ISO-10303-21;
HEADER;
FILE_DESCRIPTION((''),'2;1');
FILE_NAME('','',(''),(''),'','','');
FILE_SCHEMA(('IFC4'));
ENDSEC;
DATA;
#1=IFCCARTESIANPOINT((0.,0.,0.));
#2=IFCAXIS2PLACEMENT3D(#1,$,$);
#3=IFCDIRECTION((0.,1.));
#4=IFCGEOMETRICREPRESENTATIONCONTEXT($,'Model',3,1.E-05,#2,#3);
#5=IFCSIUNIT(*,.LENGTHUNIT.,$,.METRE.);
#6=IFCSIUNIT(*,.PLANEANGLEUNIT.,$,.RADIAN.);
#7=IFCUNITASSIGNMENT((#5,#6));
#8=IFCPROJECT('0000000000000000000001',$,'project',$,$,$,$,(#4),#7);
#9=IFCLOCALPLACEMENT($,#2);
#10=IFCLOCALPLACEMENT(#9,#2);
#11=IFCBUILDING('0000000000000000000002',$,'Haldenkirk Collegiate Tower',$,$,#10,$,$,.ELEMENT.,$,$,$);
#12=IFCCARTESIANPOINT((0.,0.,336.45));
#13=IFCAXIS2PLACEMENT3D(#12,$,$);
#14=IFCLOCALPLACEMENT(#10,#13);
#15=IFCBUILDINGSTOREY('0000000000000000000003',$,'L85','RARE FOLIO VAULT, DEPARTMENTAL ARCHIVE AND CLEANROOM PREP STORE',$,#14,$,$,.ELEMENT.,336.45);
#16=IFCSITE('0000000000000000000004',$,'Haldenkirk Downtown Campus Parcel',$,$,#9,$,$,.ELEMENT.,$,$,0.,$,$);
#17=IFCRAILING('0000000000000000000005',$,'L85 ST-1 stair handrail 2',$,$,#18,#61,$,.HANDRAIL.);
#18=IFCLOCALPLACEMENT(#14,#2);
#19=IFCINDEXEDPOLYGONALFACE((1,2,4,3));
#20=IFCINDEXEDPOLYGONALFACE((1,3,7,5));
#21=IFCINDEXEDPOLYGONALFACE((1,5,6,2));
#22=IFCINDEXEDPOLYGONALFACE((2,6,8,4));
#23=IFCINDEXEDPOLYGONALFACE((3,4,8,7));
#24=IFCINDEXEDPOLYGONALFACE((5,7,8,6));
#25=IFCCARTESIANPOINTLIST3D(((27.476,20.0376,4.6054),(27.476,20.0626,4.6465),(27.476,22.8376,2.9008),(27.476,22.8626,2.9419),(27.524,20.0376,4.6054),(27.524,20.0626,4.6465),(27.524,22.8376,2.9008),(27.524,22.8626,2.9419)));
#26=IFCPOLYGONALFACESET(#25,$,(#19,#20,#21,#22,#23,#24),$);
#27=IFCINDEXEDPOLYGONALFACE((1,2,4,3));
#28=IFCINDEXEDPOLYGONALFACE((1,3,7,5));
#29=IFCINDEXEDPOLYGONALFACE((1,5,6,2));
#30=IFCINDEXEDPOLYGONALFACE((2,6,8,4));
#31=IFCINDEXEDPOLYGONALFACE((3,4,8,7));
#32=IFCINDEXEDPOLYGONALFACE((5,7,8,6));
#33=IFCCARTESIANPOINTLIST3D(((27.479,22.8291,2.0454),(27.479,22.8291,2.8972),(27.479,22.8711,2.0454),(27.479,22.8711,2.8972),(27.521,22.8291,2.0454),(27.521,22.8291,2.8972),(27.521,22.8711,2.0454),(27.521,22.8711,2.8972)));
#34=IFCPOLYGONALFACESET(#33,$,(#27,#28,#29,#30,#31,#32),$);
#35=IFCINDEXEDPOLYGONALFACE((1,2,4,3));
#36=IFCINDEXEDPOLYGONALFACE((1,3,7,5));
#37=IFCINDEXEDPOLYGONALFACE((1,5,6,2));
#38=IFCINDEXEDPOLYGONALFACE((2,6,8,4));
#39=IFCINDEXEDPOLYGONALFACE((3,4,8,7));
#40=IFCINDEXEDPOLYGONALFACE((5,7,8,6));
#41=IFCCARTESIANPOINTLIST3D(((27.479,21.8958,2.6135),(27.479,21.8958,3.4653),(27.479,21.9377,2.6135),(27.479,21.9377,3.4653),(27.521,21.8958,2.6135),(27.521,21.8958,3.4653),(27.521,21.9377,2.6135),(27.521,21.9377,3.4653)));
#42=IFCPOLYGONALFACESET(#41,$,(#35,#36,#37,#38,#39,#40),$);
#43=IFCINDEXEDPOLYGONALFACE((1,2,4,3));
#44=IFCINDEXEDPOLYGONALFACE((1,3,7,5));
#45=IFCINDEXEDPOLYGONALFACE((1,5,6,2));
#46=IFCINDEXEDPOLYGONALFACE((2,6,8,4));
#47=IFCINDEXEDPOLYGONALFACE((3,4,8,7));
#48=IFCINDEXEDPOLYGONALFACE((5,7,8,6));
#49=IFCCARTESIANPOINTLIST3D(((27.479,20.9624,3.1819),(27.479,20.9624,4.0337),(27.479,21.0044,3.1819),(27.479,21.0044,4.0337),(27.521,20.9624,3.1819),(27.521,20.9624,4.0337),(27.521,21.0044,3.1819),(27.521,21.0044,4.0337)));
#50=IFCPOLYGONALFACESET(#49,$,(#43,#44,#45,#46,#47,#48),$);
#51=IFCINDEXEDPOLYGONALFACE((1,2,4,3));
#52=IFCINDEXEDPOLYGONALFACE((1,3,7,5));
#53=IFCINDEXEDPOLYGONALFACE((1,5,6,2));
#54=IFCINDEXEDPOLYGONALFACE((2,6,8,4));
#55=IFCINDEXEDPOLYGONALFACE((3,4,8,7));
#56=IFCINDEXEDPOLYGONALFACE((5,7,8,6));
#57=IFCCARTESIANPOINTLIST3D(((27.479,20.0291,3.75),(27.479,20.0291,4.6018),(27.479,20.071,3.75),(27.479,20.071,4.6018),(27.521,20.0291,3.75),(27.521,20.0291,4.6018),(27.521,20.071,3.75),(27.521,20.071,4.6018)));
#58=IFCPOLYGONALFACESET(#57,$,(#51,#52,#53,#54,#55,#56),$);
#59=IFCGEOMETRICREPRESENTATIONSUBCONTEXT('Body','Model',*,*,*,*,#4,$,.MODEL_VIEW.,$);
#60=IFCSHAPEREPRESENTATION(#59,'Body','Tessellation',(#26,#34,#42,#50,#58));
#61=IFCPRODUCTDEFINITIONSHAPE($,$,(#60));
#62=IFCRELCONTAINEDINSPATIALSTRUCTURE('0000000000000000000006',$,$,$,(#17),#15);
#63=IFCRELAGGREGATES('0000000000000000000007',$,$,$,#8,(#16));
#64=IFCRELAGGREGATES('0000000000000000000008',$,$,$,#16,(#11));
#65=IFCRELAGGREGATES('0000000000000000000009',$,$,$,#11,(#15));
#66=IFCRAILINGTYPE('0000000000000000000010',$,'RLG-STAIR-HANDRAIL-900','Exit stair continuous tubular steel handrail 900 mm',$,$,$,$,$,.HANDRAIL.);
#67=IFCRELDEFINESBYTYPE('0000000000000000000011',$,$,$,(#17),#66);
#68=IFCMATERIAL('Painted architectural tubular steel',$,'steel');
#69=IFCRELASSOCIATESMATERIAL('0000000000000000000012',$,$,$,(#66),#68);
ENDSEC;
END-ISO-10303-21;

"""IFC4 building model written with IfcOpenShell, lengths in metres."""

from ifc_helpers import new_model, si_unit, direction, frame, origin, origin_2d, place, context, subcontext, project, spatial, rectangle, extrude, material, type_object, element, save


model = new_model("IFC4")

# Units and contexts
model_context = context("Model", 3, precision=1e-05, world=origin(), true_north=direction((0.0, 1.0)))
body_context = subcontext(model_context, "Body", "Model", "MODEL_VIEW")
ifc_project = project(units=[si_unit("LENGTHUNIT", "METRE"), si_unit("PLANEANGLEUNIT", "RADIAN")], contexts=[model_context])

# Site, building, storey
site_placement = place(None, origin())
site = spatial("IfcSite", under=ifc_project, at=site_placement, Name="Haldenkirk Downtown Campus Parcel", CompositionType="ELEMENT", RefElevation=0.0)
building_placement = place(site_placement, origin())
building = spatial("IfcBuilding", under=site, at=building_placement, Name="Haldenkirk Collegiate Tower", CompositionType="ELEMENT")
storey_placement = place(building_placement, frame((0.0, 0.0, 336.45)))
storey = spatial("IfcBuildingStorey", under=building, at=storey_placement, Name="L85", Description="RARE FOLIO VAULT, DEPARTMENTAL ARCHIVE AND CLEANROOM PREP STORE", CompositionType="ELEMENT", Elevation=336.45)

# Railing
ifc_material_1 = material(Name="Painted architectural tubular steel", Category="steel")
railing_type_1 = type_object("IfcRailingType", Name="RLG-STAIR-HANDRAIL-900", Description="Exit stair continuous tubular steel handrail 900 mm", PredefinedType="HANDRAIL", material=ifc_material_1)
railing_1_placement = place(storey_placement, frame((27.5, 22.8501, 2.0454)))
element("IfcRailing", 1, at=railing_1_placement, inside=storey, type_object=railing_type_1, Name="L85 ST-1 stair handrail 2", PredefinedType="HANDRAIL", context=body_context, shape_type="SweptSolid", body=[
    extrude(rectangle(XDim=0.0481, YDim=0.0481, at=origin_2d()), frame((0.0, 0.0, 0.876), z_axis=(0.0, -0.85417, 0.519994), x_axis=(1.0, 0.0, 0.0)), (0.0, 0.0, 1.0), 3.2781),
    extrude(rectangle(XDim=0.042, YDim=0.042, at=origin_2d()), origin(), (0.0, 0.0, 1.0), 0.8518),
    extrude(rectangle(XDim=0.042, YDim=0.042, at=origin_2d()), frame((0.0, -0.9333, 0.5681)), (0.0, 0.0, 1.0), 0.8518),
    extrude(rectangle(XDim=0.042, YDim=0.042, at=origin_2d()), frame((0.0, -1.8667, 1.1365)), (0.0, 0.0, 1.0), 0.8518),
    extrude(rectangle(XDim=0.042, YDim=0.042, at=origin_2d()), frame((0.0, -2.8, 1.7046)), (0.0, 0.0, 1.0), 0.8518),
])

save(model, "model.ifc")
